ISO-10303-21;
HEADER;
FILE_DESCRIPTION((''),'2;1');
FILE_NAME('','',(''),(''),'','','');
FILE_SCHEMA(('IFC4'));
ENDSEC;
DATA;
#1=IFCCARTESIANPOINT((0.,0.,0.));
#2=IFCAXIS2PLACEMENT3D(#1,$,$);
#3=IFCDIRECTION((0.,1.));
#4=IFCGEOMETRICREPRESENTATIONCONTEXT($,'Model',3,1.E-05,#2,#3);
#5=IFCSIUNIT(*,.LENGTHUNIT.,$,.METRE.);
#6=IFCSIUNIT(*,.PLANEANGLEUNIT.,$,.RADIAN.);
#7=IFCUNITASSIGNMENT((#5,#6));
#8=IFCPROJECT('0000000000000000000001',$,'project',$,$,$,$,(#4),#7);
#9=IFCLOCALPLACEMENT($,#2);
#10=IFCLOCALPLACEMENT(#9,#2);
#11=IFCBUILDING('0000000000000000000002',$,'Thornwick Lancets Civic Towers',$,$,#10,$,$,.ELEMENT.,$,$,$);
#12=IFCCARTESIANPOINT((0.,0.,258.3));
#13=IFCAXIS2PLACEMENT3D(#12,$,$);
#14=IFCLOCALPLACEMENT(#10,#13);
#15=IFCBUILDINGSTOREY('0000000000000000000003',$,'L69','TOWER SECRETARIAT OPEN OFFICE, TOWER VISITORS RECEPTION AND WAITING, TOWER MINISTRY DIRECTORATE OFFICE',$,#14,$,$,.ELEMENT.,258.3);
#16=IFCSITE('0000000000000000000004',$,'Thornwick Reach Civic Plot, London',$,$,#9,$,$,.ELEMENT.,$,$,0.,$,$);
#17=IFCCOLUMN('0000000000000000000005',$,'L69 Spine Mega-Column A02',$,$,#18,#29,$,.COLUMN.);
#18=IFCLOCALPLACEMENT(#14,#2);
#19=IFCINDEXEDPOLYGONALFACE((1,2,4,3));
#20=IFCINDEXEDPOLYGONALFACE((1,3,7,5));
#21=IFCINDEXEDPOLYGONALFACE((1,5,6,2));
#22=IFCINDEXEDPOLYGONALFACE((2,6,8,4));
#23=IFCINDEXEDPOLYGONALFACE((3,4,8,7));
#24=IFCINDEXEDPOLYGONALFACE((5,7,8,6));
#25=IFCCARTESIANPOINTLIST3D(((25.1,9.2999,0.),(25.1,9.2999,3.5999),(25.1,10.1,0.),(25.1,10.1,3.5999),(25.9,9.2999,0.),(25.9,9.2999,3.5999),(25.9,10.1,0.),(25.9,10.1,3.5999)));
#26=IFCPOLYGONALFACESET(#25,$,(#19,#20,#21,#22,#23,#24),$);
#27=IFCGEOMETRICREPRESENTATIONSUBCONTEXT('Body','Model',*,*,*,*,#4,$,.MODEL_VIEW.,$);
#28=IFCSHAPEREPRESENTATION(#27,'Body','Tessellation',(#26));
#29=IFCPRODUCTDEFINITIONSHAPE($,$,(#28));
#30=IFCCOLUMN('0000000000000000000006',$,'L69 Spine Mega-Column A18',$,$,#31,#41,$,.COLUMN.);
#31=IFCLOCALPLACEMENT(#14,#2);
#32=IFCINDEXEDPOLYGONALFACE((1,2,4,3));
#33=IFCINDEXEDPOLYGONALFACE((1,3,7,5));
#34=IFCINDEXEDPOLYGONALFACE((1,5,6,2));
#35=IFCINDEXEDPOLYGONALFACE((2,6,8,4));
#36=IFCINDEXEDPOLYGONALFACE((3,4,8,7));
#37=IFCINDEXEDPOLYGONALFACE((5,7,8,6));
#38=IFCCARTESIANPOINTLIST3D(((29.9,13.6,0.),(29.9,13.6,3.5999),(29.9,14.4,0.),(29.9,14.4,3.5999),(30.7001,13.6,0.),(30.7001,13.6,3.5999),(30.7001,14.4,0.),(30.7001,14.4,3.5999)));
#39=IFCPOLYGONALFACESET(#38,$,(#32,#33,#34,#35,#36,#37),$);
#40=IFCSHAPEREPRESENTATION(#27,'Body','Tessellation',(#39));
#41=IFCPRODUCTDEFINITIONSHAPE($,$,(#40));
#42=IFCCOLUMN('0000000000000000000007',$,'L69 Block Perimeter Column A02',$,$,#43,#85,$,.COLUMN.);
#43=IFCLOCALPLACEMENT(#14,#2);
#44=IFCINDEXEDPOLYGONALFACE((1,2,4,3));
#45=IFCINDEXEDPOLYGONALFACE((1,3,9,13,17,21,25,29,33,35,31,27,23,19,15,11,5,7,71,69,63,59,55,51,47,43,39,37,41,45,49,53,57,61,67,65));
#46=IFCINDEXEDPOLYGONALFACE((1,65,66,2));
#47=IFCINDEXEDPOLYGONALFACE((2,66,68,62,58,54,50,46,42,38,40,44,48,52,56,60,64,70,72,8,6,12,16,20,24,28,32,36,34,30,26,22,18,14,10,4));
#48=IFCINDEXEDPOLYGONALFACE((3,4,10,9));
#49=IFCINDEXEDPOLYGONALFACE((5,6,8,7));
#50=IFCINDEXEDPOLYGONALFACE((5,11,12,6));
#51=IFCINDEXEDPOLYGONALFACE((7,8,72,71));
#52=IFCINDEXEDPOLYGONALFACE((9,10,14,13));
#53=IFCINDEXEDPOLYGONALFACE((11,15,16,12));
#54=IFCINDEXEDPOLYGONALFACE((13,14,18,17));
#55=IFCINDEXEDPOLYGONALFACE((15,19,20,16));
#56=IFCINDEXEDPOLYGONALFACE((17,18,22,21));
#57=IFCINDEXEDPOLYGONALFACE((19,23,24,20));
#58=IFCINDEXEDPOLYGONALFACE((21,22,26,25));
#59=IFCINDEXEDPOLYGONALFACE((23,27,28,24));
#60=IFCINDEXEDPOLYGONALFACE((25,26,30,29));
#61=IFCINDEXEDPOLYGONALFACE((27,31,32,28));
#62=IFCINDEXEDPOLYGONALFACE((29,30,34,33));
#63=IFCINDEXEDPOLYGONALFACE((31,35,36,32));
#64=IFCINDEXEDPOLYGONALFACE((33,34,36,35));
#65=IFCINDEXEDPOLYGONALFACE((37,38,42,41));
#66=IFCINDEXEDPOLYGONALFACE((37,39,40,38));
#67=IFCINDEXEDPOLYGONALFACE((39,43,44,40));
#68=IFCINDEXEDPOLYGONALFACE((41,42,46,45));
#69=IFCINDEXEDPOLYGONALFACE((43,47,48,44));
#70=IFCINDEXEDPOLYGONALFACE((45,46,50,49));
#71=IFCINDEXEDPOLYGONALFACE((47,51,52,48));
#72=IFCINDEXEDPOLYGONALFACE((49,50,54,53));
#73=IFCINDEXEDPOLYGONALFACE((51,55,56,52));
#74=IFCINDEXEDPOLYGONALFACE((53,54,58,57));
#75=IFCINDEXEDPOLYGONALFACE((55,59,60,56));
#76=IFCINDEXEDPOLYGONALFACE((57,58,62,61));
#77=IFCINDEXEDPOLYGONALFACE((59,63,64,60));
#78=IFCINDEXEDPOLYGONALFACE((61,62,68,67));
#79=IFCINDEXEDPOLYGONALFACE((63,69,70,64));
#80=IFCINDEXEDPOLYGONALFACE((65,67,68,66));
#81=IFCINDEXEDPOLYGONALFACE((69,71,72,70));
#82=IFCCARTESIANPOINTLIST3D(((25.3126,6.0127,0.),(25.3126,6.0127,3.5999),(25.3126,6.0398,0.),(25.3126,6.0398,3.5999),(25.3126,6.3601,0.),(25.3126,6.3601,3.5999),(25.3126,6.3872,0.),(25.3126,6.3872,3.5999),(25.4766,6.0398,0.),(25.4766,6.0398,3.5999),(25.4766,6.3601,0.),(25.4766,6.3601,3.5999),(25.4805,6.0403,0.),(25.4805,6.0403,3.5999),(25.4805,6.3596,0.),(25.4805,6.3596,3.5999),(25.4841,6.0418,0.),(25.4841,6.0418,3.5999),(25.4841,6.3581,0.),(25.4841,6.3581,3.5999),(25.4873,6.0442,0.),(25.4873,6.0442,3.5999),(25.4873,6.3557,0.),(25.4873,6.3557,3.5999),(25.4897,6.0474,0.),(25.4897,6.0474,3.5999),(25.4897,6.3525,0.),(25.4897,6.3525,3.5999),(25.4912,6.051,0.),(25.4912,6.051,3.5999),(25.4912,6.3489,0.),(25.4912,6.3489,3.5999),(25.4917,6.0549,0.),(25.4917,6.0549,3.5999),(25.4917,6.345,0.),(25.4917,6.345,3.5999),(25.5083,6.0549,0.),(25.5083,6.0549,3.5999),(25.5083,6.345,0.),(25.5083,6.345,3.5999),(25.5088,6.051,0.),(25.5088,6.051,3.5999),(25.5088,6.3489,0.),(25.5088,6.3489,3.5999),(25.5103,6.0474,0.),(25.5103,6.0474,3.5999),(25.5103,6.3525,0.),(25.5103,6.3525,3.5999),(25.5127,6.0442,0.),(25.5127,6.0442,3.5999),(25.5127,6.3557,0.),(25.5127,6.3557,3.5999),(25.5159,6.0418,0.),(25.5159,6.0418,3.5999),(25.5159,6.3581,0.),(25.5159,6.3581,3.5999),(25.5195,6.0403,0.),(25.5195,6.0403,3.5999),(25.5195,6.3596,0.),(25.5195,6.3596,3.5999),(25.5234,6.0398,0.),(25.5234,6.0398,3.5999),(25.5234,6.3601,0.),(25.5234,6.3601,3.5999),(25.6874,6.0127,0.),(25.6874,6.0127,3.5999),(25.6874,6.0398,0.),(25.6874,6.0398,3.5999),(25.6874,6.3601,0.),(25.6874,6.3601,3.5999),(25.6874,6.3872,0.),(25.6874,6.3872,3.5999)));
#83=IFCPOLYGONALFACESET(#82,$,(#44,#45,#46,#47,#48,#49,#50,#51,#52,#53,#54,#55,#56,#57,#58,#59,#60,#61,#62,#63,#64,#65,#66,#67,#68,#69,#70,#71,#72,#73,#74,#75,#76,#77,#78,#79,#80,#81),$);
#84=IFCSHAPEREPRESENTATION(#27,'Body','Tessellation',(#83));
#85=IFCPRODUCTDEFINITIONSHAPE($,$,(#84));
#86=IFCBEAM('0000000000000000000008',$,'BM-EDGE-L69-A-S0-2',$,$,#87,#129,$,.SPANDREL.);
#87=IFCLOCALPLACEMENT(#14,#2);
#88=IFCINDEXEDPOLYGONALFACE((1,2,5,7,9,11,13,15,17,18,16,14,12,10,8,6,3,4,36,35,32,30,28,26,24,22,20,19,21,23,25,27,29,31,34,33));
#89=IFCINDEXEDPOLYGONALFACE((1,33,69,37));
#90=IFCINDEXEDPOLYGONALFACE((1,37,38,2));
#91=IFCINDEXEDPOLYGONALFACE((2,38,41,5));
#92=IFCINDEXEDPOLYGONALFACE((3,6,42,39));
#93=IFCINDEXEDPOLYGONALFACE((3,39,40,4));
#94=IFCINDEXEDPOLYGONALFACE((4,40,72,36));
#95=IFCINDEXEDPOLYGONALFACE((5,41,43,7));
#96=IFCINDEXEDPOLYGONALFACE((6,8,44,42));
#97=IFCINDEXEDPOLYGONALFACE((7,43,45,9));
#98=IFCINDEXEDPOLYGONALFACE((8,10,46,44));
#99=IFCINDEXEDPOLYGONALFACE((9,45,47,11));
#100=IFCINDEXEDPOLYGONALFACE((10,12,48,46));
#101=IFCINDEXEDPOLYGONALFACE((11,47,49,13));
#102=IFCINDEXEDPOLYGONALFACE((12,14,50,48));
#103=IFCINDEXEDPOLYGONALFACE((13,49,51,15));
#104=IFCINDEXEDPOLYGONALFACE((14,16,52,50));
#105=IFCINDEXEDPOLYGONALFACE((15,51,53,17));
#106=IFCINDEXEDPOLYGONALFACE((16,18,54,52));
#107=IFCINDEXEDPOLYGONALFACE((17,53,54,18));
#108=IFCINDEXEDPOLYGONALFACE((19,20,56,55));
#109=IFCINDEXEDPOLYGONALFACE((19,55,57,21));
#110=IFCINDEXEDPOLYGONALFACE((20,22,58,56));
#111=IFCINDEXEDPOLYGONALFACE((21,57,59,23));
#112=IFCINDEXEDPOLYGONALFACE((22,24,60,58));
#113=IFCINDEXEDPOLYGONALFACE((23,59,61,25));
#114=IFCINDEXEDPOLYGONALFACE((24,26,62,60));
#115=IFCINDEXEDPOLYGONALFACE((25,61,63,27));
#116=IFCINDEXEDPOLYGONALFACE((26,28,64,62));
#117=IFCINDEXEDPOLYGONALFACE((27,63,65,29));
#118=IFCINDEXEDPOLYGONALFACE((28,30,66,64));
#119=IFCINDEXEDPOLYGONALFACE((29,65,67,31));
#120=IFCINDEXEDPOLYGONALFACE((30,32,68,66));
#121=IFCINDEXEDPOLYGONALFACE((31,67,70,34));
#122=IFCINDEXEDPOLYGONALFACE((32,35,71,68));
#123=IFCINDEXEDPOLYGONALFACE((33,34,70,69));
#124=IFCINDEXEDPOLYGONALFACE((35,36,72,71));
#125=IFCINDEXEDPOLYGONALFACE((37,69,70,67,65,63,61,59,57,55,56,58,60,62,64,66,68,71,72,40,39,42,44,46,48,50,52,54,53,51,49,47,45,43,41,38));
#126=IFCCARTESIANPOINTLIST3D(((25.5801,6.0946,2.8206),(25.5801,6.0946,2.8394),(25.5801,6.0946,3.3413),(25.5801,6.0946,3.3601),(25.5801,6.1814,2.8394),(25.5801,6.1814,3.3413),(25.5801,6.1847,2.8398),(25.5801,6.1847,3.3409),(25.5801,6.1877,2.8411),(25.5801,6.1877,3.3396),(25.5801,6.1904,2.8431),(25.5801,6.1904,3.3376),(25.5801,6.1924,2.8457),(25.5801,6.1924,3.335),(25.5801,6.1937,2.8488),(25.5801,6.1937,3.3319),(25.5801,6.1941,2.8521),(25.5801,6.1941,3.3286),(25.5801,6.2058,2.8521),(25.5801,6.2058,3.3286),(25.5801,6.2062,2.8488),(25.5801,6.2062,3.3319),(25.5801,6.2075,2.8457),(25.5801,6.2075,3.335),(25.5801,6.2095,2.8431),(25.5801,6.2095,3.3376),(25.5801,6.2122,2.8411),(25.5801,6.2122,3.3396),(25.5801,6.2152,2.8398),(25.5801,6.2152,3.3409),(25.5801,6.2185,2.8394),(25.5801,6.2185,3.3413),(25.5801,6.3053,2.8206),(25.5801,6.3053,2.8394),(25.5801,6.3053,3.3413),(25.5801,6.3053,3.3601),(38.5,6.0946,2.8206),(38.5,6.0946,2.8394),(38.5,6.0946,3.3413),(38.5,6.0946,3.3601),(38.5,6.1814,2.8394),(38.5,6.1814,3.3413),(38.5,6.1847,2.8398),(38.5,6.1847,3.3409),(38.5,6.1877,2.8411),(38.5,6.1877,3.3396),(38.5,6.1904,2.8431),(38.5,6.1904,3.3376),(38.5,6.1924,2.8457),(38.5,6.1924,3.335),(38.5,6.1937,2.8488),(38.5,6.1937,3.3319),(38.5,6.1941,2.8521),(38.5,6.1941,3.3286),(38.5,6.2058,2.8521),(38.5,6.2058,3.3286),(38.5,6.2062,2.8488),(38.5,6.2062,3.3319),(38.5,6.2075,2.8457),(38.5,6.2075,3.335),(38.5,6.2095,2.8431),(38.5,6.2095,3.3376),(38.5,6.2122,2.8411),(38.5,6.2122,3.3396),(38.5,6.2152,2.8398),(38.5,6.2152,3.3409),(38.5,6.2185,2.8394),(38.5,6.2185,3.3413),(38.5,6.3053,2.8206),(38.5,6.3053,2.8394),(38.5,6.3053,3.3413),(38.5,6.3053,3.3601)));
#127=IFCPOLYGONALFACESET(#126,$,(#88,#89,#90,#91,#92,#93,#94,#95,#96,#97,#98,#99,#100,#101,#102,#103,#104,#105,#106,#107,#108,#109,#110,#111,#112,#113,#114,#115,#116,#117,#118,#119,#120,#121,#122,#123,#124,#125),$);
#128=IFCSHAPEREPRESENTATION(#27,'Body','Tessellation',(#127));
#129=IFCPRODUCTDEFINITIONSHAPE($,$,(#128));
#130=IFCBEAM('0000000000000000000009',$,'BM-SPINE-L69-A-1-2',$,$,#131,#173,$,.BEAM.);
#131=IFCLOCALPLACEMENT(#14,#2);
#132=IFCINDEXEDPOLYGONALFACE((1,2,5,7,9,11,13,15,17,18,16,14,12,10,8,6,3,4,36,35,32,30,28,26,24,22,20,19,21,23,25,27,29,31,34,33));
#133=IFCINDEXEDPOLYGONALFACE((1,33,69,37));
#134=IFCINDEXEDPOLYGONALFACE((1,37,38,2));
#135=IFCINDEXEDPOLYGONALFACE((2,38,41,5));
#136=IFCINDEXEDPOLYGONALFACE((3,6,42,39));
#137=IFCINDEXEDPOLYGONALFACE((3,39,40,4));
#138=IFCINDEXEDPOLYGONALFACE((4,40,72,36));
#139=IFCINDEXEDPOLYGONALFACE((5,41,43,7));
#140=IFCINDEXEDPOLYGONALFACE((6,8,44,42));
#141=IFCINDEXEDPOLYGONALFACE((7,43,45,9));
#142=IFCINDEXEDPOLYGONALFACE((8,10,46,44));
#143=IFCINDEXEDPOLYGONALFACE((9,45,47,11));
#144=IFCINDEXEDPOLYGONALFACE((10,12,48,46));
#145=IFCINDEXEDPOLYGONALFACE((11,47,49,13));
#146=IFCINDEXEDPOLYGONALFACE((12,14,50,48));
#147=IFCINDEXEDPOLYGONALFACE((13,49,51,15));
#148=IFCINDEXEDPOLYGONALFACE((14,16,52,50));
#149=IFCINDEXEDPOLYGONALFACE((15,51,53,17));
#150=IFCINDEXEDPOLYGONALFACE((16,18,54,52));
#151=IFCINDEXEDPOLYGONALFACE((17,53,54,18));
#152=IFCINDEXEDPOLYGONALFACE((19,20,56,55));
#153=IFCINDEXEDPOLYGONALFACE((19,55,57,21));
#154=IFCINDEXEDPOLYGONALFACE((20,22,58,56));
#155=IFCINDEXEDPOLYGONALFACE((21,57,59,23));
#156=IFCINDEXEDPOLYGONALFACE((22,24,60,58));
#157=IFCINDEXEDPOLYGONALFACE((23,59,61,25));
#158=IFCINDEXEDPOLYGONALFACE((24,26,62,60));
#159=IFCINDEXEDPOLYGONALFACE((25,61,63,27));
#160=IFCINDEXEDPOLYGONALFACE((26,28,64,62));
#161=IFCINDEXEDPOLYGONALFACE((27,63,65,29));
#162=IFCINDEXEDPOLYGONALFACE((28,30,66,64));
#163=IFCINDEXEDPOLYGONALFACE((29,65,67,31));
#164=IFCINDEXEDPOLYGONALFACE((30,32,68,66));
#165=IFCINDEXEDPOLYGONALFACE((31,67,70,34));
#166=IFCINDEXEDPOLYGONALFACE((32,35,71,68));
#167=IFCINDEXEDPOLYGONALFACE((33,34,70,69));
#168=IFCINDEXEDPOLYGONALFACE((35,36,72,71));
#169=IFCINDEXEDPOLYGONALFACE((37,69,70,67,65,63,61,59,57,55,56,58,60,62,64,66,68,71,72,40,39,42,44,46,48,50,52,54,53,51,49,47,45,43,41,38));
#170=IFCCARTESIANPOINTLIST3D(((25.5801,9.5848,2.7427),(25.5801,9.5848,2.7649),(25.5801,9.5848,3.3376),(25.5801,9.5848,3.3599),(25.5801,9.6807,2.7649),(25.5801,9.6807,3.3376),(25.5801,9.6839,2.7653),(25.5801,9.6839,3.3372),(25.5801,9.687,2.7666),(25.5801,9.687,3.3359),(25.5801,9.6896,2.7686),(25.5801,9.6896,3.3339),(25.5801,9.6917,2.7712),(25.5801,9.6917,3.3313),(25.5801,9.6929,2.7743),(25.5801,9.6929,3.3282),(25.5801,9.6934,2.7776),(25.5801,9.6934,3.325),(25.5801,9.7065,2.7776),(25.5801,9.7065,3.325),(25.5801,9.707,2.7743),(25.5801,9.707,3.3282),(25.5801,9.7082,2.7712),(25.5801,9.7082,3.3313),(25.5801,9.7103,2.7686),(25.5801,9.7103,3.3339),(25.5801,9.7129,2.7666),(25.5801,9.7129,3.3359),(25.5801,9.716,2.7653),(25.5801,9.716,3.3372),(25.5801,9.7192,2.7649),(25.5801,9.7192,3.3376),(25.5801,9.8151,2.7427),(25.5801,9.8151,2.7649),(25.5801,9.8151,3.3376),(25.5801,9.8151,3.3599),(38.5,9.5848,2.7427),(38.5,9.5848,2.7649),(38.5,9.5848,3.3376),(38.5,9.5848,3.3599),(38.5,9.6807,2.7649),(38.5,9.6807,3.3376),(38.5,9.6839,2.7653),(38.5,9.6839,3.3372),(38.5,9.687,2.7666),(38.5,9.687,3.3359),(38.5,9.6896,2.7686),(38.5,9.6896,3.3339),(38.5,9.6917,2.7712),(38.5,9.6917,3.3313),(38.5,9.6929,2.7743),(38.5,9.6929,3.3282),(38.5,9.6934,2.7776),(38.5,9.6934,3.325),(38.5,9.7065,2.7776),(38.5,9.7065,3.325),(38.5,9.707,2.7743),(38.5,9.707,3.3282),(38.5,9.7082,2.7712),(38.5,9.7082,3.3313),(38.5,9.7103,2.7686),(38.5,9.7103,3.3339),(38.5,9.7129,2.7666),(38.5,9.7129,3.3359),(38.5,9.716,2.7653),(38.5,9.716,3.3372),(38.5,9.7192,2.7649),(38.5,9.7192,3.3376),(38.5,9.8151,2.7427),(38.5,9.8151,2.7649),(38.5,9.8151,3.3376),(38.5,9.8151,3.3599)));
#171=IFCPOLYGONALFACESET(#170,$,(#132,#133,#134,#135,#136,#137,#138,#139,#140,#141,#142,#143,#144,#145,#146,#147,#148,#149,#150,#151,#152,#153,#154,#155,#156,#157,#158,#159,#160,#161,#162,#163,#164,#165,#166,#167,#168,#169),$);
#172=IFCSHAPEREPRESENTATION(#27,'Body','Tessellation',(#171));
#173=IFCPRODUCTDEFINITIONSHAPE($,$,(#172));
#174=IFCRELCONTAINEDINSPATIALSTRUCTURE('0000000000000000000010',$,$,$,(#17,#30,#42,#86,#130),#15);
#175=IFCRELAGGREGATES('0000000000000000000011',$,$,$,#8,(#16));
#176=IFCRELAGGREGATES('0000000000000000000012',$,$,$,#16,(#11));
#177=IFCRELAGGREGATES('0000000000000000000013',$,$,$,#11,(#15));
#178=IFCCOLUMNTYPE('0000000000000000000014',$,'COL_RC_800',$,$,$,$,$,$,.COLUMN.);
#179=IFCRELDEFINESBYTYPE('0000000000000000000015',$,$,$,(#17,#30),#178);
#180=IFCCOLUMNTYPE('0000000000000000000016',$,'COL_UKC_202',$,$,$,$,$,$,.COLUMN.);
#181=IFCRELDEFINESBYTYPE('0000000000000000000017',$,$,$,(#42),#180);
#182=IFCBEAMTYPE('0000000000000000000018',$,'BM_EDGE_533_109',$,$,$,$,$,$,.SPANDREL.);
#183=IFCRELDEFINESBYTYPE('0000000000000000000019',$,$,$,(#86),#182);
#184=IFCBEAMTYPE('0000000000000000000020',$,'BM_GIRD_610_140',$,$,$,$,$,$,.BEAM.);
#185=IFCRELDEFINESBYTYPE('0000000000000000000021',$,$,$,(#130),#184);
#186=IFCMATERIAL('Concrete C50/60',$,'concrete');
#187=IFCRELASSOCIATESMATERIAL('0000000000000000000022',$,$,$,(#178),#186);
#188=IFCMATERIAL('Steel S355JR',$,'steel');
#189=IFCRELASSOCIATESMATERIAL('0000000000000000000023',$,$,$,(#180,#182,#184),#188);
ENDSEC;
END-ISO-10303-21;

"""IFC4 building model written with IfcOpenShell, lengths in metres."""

from ifc_helpers import new_model, si_unit, direction, frame, origin, origin_2d, place, context, subcontext, project, spatial, rectangle, i_section, extrude, material, material_profile, profile_set, type_object, element, save


model = new_model("IFC4")

# Units and contexts
model_context = context("Model", 3, precision=1e-05, world=origin(), true_north=direction((0.0, 1.0)))
body_context = subcontext(model_context, "Body", "Model", "MODEL_VIEW")
ifc_project = project(units=[si_unit("LENGTHUNIT", "METRE"), si_unit("PLANEANGLEUNIT", "RADIAN")], contexts=[model_context])

# Site, building, storey
site_placement = place(None, origin())
site = spatial("IfcSite", under=ifc_project, at=site_placement, Name="Thornwick Reach Civic Plot, London", CompositionType="ELEMENT", RefElevation=0.0)
building_placement = place(site_placement, origin())
building = spatial("IfcBuilding", under=site, at=building_placement, Name="Thornwick Lancets Civic Towers", CompositionType="ELEMENT")
storey_placement = place(building_placement, frame((0.0, 0.0, 258.3)))
storey = spatial("IfcBuildingStorey", under=building, at=storey_placement, Name="L69", Description="TOWER SECRETARIAT OPEN OFFICE, TOWER VISITORS RECEPTION AND WAITING, TOWER MINISTRY DIRECTORATE OFFICE", CompositionType="ELEMENT", Elevation=258.3)

# Columns
ifc_material_1 = material(Name="Concrete C50/60", Category="concrete")
ifc_material_profile_1 = material_profile(ifc_material_1, rectangle(XDim=0.8, YDim=0.8, at=origin_2d()), Name="RC 800x800")
ifc_profile_set_1 = profile_set([ifc_material_profile_1], Name="Concrete C50/60")
column_type_1 = type_object("IfcColumnType", Name="COL_RC_800", PredefinedType="COLUMN", material=ifc_profile_set_1)
for number, where, z_axis, x_axis, name in (
    (1, (25.5, 9.7, 0.0), (0.0, 0.0, 1.0), (1.0, 0.0, 0.0), "L69 Spine Mega-Column A02"),
    (2, (30.3, 14.0, 0.0), (0.0, 0.0, 1.0), (1.0, 0.0, 0.0), "L69 Spine Mega-Column A18"),
):
    element("IfcColumn", number, at=place(storey_placement, frame(where, z_axis=z_axis, x_axis=x_axis)), inside=storey, type_object=column_type_1, Name=name, PredefinedType="COLUMN", context=body_context, shape_type="SweptSolid", body=[
        extrude(rectangle(XDim=0.8, YDim=0.8, at=origin_2d()), origin(), (0.0, 0.0, 1.0), 3.5999),
    ])
ifc_material_2 = material(Name="Steel S355JR", Category="steel")
ifc_material_profile_2 = material_profile(ifc_material_2, i_section(OverallWidth=0.3748, OverallDepth=0.3745, WebThickness=0.0166, FlangeThickness=0.0271, FilletRadius=0.0151, at=origin_2d()), Name="UKC 356x368x202")
ifc_profile_set_2 = profile_set([ifc_material_profile_2], Name="Steel S355JR")
column_type_2 = type_object("IfcColumnType", Name="COL_UKC_202", PredefinedType="COLUMN", material=ifc_profile_set_2)
column_placement = place(storey_placement, frame((25.5, 6.2, 0.0), z_axis=(0.0, 0.0, 1.0), x_axis=(1.0, 0.0, 0.0)))
element("IfcColumn", 3, at=column_placement, inside=storey, type_object=column_type_2, Name="L69 Block Perimeter Column A02", PredefinedType="COLUMN", context=body_context, shape_type="SweptSolid", body=[
    extrude(i_section(OverallWidth=0.3748, OverallDepth=0.3745, WebThickness=0.0166, FlangeThickness=0.0271, FilletRadius=0.0151, at=origin_2d()), origin(), (0.0, 0.0, 1.0), 3.5999),
])

# Beams
ifc_material_profile_3 = material_profile(ifc_material_2, i_section(OverallWidth=0.2107, OverallDepth=0.5396, WebThickness=0.0117, FlangeThickness=0.0188, FilletRadius=0.0127, at=origin_2d()), Name="UKB 533x210x109")
ifc_profile_set_3 = profile_set([ifc_material_profile_3], Name="Steel S355JR")
beam_type_1 = type_object("IfcBeamType", Name="BM_EDGE_533_109", PredefinedType="SPANDREL", material=ifc_profile_set_3)
beam_1_placement = place(storey_placement, frame((25.5801, 6.2, 3.0903), z_axis=(1.0, 0.0, 0.0), x_axis=(0.0, 1.0, 0.0)))
element("IfcBeam", 4, at=beam_1_placement, inside=storey, type_object=beam_type_1, Name="BM-EDGE-L69-A-S0-2", PredefinedType="SPANDREL", context=body_context, shape_type="SweptSolid", body=[
    extrude(i_section(OverallWidth=0.2107, OverallDepth=0.5396, WebThickness=0.0117, FlangeThickness=0.0188, FilletRadius=0.0127, at=origin_2d()), origin(), (0.0, 0.0, 1.0), 12.9199),
])
ifc_material_profile_4 = material_profile(ifc_material_2, i_section(OverallWidth=0.2302, OverallDepth=0.6172, WebThickness=0.0132, FlangeThickness=0.0222, FilletRadius=0.0127, at=origin_2d()), Name="UKB 610x229x140")
ifc_profile_set_4 = profile_set([ifc_material_profile_4], Name="Steel S355JR")
beam_type_2 = type_object("IfcBeamType", Name="BM_GIRD_610_140", PredefinedType="BEAM", material=ifc_profile_set_4)
beam_2_placement = place(storey_placement, frame((25.5801, 9.7, 3.0513), z_axis=(1.0, 0.0, 0.0), x_axis=(0.0, 1.0, 0.0)))
element("IfcBeam", 5, at=beam_2_placement, inside=storey, type_object=beam_type_2, Name="BM-SPINE-L69-A-1-2", PredefinedType="BEAM", context=body_context, shape_type="SweptSolid", body=[
    extrude(i_section(OverallWidth=0.2302, OverallDepth=0.6172, WebThickness=0.0132, FlangeThickness=0.0222, FilletRadius=0.0127, at=origin_2d()), origin(), (0.0, 0.0, 1.0), 12.9199),
])

save(model, "model.ifc")
